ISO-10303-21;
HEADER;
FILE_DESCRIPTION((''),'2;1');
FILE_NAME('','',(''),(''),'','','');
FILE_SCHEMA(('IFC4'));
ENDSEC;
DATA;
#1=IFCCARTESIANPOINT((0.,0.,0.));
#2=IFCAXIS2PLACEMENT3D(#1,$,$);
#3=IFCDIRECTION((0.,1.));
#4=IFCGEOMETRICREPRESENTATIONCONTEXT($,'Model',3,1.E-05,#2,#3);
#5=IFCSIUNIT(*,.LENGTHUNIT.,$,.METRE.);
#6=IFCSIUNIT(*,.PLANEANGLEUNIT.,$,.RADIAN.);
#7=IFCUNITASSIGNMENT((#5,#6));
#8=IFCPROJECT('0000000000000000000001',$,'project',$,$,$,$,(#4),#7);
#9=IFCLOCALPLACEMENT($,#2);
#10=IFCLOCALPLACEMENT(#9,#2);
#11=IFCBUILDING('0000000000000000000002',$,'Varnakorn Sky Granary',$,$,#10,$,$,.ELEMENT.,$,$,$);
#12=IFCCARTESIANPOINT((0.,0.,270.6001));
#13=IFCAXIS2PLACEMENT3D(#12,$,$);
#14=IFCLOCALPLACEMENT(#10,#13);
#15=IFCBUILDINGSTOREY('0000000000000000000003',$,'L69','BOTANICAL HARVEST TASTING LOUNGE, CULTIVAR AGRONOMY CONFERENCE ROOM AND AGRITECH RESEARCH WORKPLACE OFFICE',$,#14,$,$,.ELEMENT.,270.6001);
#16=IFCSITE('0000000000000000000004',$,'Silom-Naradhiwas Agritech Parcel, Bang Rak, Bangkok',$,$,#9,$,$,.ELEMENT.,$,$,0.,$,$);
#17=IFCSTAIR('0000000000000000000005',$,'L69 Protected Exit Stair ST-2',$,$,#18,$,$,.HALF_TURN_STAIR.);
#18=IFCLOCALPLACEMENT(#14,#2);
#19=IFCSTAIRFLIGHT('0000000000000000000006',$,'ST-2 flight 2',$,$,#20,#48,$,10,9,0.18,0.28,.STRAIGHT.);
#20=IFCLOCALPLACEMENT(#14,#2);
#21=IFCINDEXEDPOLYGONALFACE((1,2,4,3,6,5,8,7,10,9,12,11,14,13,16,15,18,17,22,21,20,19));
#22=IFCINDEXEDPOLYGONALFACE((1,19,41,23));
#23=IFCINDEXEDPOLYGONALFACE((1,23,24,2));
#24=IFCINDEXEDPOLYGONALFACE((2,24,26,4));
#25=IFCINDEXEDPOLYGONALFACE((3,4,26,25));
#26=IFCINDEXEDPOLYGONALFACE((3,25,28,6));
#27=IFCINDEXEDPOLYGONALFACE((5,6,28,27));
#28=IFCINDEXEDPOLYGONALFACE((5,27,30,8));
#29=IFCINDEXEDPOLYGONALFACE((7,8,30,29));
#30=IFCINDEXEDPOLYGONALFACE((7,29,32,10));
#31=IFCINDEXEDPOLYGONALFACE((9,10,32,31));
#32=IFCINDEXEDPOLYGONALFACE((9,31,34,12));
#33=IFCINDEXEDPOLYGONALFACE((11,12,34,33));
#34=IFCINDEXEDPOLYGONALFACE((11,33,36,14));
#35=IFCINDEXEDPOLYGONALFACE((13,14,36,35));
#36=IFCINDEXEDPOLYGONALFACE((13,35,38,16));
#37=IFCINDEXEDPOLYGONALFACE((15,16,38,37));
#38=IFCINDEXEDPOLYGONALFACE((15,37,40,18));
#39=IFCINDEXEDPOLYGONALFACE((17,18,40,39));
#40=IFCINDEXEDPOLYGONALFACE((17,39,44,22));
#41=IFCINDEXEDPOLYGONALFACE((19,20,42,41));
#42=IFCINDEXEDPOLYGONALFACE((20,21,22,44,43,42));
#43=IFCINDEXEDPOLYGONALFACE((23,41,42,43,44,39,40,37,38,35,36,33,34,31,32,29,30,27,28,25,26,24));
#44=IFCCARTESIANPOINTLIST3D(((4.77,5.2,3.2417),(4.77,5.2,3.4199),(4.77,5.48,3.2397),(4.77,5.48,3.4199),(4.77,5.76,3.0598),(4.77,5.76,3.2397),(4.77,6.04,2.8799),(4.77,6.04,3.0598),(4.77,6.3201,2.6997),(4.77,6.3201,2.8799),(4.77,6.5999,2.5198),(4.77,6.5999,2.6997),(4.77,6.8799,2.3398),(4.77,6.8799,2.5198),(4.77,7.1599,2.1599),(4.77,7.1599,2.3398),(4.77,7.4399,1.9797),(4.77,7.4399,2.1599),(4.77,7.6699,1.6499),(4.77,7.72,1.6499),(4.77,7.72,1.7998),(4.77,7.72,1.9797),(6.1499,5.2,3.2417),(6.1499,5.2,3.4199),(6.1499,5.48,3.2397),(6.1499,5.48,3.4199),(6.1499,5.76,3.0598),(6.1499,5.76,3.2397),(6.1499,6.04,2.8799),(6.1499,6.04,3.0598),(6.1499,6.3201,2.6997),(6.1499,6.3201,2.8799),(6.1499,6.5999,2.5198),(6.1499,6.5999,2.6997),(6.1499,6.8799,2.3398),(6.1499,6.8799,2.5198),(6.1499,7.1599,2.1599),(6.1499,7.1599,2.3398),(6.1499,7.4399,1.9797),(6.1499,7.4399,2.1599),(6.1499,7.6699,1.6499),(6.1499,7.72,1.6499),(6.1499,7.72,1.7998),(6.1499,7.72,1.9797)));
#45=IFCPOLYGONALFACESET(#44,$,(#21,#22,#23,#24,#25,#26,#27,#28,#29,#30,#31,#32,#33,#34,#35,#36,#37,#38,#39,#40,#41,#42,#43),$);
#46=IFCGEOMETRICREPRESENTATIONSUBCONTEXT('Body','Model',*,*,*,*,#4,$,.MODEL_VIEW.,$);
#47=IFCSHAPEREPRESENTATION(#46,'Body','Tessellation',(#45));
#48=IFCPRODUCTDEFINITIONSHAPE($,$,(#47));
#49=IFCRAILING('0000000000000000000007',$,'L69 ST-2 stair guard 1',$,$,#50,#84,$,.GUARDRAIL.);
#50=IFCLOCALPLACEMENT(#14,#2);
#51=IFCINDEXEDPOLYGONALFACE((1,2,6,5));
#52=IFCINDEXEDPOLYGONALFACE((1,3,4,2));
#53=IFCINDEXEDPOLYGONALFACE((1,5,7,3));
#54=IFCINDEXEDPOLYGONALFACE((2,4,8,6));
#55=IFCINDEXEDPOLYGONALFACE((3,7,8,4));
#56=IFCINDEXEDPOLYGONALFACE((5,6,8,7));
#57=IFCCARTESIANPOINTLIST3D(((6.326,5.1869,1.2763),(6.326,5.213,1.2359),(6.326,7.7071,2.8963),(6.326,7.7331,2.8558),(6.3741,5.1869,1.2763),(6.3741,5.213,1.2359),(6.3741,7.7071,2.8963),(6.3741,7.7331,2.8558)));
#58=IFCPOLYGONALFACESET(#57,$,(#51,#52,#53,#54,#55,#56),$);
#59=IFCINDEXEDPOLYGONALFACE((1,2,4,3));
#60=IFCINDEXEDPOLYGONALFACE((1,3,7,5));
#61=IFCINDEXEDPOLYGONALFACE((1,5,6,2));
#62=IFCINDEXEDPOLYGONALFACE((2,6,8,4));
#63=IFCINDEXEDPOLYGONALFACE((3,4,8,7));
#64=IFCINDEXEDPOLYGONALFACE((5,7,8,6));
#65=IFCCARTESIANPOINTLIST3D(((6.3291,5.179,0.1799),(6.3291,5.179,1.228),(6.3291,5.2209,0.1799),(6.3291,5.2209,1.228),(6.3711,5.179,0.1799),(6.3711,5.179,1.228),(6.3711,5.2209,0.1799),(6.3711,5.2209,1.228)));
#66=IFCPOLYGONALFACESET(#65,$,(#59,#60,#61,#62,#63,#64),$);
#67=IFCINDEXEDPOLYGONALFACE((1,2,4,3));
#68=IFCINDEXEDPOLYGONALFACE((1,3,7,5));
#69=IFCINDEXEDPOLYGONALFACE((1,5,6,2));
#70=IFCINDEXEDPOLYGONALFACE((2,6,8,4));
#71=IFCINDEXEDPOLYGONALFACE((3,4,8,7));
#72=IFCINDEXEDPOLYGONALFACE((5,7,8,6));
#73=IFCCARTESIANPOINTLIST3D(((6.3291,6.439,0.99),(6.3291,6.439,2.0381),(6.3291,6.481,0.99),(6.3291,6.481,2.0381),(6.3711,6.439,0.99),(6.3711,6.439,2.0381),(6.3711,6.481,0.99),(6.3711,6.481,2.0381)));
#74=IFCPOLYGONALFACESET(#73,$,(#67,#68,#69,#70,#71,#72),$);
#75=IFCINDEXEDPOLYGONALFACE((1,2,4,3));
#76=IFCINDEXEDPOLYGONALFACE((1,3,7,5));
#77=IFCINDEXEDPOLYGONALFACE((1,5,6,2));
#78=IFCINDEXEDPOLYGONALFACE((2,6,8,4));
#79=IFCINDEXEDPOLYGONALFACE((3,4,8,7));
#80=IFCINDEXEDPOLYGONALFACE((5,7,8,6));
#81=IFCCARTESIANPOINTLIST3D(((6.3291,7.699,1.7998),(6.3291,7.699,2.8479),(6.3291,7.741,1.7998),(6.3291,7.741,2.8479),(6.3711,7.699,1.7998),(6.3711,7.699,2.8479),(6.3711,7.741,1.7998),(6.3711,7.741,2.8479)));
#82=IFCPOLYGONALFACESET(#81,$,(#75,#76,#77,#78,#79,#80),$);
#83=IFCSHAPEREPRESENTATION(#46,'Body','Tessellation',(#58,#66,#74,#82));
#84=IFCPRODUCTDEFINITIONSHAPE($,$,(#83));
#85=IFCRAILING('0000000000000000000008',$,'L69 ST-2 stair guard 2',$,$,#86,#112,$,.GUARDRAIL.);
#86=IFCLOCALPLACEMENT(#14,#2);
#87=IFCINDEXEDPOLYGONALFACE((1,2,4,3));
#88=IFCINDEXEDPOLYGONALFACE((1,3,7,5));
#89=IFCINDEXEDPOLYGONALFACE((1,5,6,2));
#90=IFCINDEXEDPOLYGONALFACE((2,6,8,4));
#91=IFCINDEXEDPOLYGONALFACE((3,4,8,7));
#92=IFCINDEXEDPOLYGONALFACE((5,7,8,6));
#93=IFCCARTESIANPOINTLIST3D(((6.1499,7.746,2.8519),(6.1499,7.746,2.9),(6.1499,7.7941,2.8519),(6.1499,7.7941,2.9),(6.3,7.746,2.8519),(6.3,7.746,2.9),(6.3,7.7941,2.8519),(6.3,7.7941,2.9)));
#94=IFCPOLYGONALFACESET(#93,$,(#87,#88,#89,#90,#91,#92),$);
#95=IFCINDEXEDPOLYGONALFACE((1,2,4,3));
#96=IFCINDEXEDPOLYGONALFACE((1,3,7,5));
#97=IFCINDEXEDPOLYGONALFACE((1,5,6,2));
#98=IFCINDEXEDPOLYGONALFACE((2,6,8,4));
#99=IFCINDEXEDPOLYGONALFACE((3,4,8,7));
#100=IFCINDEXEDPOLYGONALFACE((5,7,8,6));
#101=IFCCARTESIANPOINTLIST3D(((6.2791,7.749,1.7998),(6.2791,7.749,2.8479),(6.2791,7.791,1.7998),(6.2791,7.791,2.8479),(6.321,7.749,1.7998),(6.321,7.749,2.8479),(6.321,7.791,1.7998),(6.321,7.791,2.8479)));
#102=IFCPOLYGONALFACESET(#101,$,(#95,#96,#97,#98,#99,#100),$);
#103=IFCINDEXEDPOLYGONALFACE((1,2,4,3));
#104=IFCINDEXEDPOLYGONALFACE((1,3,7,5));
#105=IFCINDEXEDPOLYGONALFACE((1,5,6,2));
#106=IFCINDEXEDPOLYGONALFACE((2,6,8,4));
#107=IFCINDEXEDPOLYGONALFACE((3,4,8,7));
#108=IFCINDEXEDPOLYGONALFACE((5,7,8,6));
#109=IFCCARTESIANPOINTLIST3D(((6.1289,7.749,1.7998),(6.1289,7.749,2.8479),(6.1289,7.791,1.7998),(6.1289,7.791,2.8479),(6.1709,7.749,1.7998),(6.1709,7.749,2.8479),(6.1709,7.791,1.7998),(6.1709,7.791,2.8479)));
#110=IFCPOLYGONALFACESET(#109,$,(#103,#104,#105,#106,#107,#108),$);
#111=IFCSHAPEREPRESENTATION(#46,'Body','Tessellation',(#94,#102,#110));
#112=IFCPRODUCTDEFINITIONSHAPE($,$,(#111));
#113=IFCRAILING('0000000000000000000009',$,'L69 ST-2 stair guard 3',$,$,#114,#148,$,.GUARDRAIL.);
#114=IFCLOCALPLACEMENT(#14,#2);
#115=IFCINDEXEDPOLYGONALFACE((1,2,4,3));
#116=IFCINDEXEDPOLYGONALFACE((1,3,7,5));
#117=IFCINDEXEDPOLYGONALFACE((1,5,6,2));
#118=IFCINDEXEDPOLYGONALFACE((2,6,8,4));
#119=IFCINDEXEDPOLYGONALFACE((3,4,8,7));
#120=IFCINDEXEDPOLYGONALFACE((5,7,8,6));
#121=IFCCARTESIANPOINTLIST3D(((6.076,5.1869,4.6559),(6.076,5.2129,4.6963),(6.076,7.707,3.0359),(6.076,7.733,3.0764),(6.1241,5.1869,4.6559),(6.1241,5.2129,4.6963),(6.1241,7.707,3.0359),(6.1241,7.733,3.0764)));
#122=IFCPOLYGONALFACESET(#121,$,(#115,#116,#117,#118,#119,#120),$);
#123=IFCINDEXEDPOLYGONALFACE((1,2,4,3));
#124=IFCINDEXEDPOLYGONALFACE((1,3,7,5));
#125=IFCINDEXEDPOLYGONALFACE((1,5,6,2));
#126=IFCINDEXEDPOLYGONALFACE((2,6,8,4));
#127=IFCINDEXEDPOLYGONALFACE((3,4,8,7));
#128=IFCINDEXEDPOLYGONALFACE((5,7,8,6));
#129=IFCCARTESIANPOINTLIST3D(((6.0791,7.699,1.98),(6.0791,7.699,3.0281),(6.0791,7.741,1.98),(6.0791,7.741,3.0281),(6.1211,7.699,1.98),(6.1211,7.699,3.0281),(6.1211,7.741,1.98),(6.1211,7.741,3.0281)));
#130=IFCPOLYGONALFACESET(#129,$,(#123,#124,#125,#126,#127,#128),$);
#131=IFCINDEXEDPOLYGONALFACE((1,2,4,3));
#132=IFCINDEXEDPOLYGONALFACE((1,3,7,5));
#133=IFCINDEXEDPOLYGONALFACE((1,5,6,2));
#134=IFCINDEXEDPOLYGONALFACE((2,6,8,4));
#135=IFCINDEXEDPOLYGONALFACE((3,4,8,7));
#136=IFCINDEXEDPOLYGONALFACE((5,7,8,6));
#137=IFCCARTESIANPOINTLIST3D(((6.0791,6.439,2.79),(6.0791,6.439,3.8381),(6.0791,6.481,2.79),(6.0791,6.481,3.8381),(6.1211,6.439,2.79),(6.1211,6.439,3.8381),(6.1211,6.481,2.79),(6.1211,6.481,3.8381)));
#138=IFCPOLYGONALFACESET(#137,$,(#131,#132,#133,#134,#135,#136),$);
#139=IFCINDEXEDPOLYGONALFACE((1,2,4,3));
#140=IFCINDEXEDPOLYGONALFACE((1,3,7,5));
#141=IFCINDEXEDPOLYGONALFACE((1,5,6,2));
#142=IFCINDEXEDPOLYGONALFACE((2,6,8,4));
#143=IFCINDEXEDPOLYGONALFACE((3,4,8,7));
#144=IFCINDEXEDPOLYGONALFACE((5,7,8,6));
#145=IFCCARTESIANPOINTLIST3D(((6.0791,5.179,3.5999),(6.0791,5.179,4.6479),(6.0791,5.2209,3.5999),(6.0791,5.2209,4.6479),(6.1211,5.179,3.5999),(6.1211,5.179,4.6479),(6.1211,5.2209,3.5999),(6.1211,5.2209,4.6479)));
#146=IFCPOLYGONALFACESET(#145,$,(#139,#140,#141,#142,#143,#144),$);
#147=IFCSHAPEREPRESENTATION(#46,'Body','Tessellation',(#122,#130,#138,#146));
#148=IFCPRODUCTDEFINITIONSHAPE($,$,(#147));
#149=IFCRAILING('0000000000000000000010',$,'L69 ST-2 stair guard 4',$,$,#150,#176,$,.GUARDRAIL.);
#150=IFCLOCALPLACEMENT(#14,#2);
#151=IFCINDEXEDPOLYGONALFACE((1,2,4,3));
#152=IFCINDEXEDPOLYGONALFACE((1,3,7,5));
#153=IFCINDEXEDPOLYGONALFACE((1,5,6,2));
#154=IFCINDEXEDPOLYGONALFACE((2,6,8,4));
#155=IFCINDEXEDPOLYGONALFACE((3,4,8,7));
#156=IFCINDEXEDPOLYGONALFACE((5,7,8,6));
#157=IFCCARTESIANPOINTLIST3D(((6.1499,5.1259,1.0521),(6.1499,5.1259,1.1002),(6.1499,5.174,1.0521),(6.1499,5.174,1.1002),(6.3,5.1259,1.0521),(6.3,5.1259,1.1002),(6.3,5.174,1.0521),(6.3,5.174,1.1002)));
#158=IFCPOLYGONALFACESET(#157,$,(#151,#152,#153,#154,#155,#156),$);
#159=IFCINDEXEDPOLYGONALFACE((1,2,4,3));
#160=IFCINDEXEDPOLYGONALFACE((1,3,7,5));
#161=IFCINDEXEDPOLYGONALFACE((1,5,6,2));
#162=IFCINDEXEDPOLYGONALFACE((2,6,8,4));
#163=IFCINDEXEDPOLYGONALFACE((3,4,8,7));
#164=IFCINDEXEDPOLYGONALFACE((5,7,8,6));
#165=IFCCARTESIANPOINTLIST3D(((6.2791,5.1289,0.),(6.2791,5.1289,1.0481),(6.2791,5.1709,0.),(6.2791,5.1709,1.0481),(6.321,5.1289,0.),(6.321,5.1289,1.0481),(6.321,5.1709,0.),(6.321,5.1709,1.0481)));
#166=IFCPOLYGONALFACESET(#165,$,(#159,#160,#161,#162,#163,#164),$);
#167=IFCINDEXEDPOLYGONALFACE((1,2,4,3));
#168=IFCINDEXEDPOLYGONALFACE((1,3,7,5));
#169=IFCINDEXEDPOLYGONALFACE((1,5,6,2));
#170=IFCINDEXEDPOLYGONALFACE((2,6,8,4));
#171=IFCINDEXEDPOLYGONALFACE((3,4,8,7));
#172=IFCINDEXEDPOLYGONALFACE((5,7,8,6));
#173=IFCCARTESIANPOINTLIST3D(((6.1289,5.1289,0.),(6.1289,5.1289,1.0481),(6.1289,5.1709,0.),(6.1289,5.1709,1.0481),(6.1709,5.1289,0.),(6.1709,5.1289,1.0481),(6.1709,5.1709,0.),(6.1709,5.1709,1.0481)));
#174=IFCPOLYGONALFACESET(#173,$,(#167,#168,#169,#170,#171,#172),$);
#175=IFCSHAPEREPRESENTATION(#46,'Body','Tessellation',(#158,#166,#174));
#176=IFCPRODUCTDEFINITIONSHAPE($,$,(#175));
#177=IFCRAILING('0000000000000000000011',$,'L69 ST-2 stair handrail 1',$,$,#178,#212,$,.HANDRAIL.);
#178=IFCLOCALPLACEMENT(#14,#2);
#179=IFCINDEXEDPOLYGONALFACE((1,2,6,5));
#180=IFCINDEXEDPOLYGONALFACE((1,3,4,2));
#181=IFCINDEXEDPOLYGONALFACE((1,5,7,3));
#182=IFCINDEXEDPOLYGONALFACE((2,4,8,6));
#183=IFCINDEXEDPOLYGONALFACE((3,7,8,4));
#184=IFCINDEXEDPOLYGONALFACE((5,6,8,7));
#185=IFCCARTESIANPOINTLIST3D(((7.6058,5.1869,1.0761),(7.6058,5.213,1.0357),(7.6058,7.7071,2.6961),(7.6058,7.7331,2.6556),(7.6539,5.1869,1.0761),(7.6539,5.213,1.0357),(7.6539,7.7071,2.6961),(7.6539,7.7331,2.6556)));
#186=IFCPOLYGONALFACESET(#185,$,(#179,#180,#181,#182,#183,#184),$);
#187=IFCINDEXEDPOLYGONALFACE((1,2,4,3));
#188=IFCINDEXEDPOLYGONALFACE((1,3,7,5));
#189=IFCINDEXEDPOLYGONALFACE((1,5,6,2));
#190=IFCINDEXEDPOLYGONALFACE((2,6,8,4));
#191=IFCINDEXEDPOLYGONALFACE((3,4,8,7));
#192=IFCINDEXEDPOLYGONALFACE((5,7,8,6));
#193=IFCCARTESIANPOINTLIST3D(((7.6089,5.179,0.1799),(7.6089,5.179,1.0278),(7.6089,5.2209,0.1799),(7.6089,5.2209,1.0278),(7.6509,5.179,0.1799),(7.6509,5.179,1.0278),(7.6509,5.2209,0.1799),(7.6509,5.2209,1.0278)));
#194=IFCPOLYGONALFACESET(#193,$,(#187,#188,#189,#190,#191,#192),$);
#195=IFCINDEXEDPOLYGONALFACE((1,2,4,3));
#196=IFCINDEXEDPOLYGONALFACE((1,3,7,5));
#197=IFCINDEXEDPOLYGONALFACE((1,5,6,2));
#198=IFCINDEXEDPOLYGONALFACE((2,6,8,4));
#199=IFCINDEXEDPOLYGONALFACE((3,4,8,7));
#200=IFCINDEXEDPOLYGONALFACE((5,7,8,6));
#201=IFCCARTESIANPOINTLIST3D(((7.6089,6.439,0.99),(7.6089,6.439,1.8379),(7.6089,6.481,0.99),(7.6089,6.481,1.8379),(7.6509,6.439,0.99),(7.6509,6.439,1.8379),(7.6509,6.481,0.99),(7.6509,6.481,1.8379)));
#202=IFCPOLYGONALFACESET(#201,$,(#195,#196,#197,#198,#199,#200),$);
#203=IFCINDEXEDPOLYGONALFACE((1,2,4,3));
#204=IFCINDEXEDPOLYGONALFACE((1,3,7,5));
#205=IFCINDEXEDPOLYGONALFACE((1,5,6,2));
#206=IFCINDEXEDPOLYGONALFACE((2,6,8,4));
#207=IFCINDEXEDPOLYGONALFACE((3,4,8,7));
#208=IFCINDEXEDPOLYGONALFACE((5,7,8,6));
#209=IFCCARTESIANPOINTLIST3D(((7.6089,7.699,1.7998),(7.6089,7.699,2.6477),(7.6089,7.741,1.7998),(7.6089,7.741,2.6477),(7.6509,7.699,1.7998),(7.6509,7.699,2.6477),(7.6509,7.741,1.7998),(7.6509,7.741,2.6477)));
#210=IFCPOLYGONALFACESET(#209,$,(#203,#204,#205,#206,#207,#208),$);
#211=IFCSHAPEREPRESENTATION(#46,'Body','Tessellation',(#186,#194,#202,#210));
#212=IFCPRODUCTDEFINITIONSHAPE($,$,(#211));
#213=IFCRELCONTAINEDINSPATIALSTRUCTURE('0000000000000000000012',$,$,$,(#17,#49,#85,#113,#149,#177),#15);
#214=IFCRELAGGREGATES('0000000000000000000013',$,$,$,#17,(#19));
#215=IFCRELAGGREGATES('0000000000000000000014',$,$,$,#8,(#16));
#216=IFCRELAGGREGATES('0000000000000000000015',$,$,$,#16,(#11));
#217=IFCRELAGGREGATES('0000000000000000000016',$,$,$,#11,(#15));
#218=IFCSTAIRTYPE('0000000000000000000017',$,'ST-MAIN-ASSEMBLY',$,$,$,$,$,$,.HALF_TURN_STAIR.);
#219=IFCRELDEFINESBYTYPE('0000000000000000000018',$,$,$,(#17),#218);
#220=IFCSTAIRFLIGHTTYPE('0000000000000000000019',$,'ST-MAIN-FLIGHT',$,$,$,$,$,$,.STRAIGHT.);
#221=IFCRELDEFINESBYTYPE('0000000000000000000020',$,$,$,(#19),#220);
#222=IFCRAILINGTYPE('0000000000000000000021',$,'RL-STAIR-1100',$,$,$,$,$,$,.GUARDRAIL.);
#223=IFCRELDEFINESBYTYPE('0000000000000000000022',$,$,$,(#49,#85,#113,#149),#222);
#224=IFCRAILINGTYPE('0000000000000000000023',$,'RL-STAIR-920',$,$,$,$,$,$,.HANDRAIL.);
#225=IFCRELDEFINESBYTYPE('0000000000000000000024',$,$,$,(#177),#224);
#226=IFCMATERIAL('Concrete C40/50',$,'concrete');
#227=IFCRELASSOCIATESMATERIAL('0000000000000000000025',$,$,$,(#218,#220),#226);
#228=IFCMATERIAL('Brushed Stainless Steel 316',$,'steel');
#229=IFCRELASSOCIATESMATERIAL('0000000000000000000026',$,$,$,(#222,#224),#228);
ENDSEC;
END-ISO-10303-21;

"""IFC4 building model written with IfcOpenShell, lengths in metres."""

from ifc_helpers import new_model, si_unit, direction, frame, origin, origin_2d, place, context, subcontext, project, spatial, polyline, rectangle, outline, extrude, material, type_object, element, aggregate, save


model = new_model("IFC4")

# Units and contexts
model_context = context("Model", 3, precision=1e-05, world=origin(), true_north=direction((0.0, 1.0)))
body_context = subcontext(model_context, "Body", "Model", "MODEL_VIEW")
ifc_project = project(units=[si_unit("LENGTHUNIT", "METRE"), si_unit("PLANEANGLEUNIT", "RADIAN")], contexts=[model_context])

# Site, building, storey
site_placement = place(None, origin())
site = spatial("IfcSite", under=ifc_project, at=site_placement, Name="Silom-Naradhiwas Agritech Parcel, Bang Rak, Bangkok", CompositionType="ELEMENT", RefElevation=0.0)
building_placement = place(site_placement, origin())
building = spatial("IfcBuilding", under=site, at=building_placement, Name="Varnakorn Sky Granary", CompositionType="ELEMENT")
storey_placement = place(building_placement, frame((0.0, 0.0, 270.6001)))
storey = spatial("IfcBuildingStorey", under=building, at=storey_placement, Name="L69", Description="BOTANICAL HARVEST TASTING LOUNGE, CULTIVAR AGRONOMY CONFERENCE ROOM AND AGRITECH RESEARCH WORKPLACE OFFICE", CompositionType="ELEMENT", Elevation=270.6001)

# Stair, stair flight
ifc_material_1 = material(Name="Concrete C40/50", Category="concrete")
stair_type = type_object("IfcStairType", Name="ST-MAIN-ASSEMBLY", PredefinedType="HALF_TURN_STAIR", material=ifc_material_1)
stair_placement = place(storey_placement, origin())
stair = element("IfcStair", 1, at=stair_placement, inside=storey, type_object=stair_type, Name="L69 Protected Exit Stair ST-2", PredefinedType="HALF_TURN_STAIR")
stair_flight_type = type_object("IfcStairFlightType", Name="ST-MAIN-FLIGHT", PredefinedType="STRAIGHT", material=ifc_material_1)
stair_flight_1_placement = place(storey_placement, frame((5.46, 7.72, 1.7998), z_axis=(0.0, 0.0, 1.0), x_axis=(0.0, -1.0, 0.0)))
stair_flight_1 = element("IfcStairFlight", 2, at=stair_flight_1_placement, type_object=stair_flight_type, Name="ST-2 flight 2", NumberOfRisers=10, NumberOfTreads=9, PredefinedType="STRAIGHT", RiserHeight=0.18, TreadLength=0.28, context=body_context, shape_type="SweptSolid", body=[
    extrude(outline(polyline([(0.0, -0.1499), (0.0, 0.0), (0.0, 0.1799), (0.28, 0.1799), (0.28, 0.3601), (0.5601, 0.3601), (0.5601, 0.54), (0.8401, 0.54), (0.8401, 0.72), (1.1201, 0.72), (1.1201, 0.8999), (1.3999, 0.8999), (1.3999, 1.0801), (1.6799, 1.0801), (1.6799, 1.26), (1.96, 1.26), (1.96, 1.4399), (2.24, 1.4399), (2.24, 1.6201), (2.52, 1.6201), (2.52, 1.8), (2.52, 1.4419), (0.05, -0.1499), (0.0, -0.1499)])), frame((0.0, 0.6899, 0.0), z_axis=(0.0, -1.0, 0.0), x_axis=(1.0, 0.0, 0.0)), (0.0, 0.0, 1.0), 1.3799),
])
aggregate(stair, [stair_flight_1])

# Railings
ifc_material_2 = material(Name="Brushed Stainless Steel 316", Category="steel")
railing_type_1 = type_object("IfcRailingType", Name="RL-STAIR-1100", PredefinedType="GUARDRAIL", material=ifc_material_2)
railing_1_placement = place(storey_placement, frame((6.3501, 5.2, 0.1799)))
element("IfcRailing", 3, at=railing_1_placement, inside=storey, type_object=railing_type_1, Name="L69 ST-2 stair guard 1", PredefinedType="GUARDRAIL", context=body_context, shape_type="SweptSolid", body=[
    extrude(rectangle(XDim=0.0481, YDim=0.0481, at=origin_2d()), frame((0.0, 0.0, 1.0762), z_axis=(0.0, 0.8412, 0.540725), x_axis=(-1.0, 0.0, 0.0)), (0.0, 0.0, 1.0), 2.9958),
    extrude(rectangle(XDim=0.042, YDim=0.042, at=origin_2d()), origin(), (0.0, 0.0, 1.0), 1.0481),
    extrude(rectangle(XDim=0.042, YDim=0.042, at=origin_2d()), frame((0.0, 1.26, 0.8101)), (0.0, 0.0, 1.0), 1.0481),
    extrude(rectangle(XDim=0.042, YDim=0.042, at=origin_2d()), frame((0.0, 2.52, 1.6199)), (0.0, 0.0, 1.0), 1.0481),
])
railing_2_placement = place(storey_placement, frame((6.3, 7.77, 1.7998)))
element("IfcRailing", 4, at=railing_2_placement, inside=storey, type_object=railing_type_1, Name="L69 ST-2 stair guard 2", PredefinedType="GUARDRAIL", context=body_context, shape_type="SweptSolid", body=[
    extrude(rectangle(XDim=0.0481, YDim=0.0481, at=origin_2d()), frame((0.0, 0.0, 1.0762), z_axis=(-1.0, 0.0, 0.0), x_axis=(0.0, -1.0, 0.0)), (0.0, 0.0, 1.0), 0.1501),
    extrude(rectangle(XDim=0.042, YDim=0.042, at=origin_2d()), origin(), (0.0, 0.0, 1.0), 1.0481),
    extrude(rectangle(XDim=0.042, YDim=0.042, at=origin_2d()), frame((-0.1501, 0.0, 0.0)), (0.0, 0.0, 1.0), 1.0481),
])
railing_3_placement = place(storey_placement, frame((6.1001, 7.72, 1.98)))
element("IfcRailing", 5, at=railing_3_placement, inside=storey, type_object=railing_type_1, Name="L69 ST-2 stair guard 3", PredefinedType="GUARDRAIL", context=body_context, shape_type="SweptSolid", body=[
    extrude(rectangle(XDim=0.0481, YDim=0.0481, at=origin_2d()), frame((0.0, 0.0, 1.0762), z_axis=(0.0, -0.8412, 0.540725), x_axis=(1.0, 0.0, 0.0)), (0.0, 0.0, 1.0), 2.9958),
    extrude(rectangle(XDim=0.042, YDim=0.042, at=origin_2d()), origin(), (0.0, 0.0, 1.0), 1.0481),
    extrude(rectangle(XDim=0.042, YDim=0.042, at=origin_2d()), frame((0.0, -1.26, 0.8101)), (0.0, 0.0, 1.0), 1.0481),
    extrude(rectangle(XDim=0.042, YDim=0.042, at=origin_2d()), frame((0.0, -2.52, 1.6199)), (0.0, 0.0, 1.0), 1.0481),
])
railing_4_placement = place(storey_placement, frame((6.3, 5.1499, 0.0)))
element("IfcRailing", 6, at=railing_4_placement, inside=storey, type_object=railing_type_1, Name="L69 ST-2 stair guard 4", PredefinedType="GUARDRAIL", context=body_context, shape_type="SweptSolid", body=[
    extrude(rectangle(XDim=0.0481, YDim=0.0481, at=origin_2d()), frame((0.0, 0.0, 1.0762), z_axis=(-1.0, 0.0, 0.0), x_axis=(0.0, -1.0, 0.0)), (0.0, 0.0, 1.0), 0.1501),
    extrude(rectangle(XDim=0.042, YDim=0.042, at=origin_2d()), origin(), (0.0, 0.0, 1.0), 1.0481),
    extrude(rectangle(XDim=0.042, YDim=0.042, at=origin_2d()), frame((-0.1501, 0.0, 0.0)), (0.0, 0.0, 1.0), 1.0481),
])
railing_type_2 = type_object("IfcRailingType", Name="RL-STAIR-920", PredefinedType="HANDRAIL", material=ifc_material_2)
railing_5_placement = place(storey_placement, frame((7.6299, 5.2, 0.1799)))
element("IfcRailing", 7, at=railing_5_placement, inside=storey, type_object=railing_type_2, Name="L69 ST-2 stair handrail 1", PredefinedType="HANDRAIL", context=body_context, shape_type="SweptSolid", body=[
    extrude(rectangle(XDim=0.0481, YDim=0.0481, at=origin_2d()), frame((0.0, 0.0, 0.876), z_axis=(0.0, 0.8412, 0.540725), x_axis=(-1.0, 0.0, 0.0)), (0.0, 0.0, 1.0), 2.9958),
    extrude(rectangle(XDim=0.042, YDim=0.042, at=origin_2d()), origin(), (0.0, 0.0, 1.0), 0.8479),
    extrude(rectangle(XDim=0.042, YDim=0.042, at=origin_2d()), frame((0.0, 1.26, 0.8101)), (0.0, 0.0, 1.0), 0.8479),
    extrude(rectangle(XDim=0.042, YDim=0.042, at=origin_2d()), frame((0.0, 2.52, 1.6199)), (0.0, 0.0, 1.0), 0.8479),
])

save(model, "model.ifc")
